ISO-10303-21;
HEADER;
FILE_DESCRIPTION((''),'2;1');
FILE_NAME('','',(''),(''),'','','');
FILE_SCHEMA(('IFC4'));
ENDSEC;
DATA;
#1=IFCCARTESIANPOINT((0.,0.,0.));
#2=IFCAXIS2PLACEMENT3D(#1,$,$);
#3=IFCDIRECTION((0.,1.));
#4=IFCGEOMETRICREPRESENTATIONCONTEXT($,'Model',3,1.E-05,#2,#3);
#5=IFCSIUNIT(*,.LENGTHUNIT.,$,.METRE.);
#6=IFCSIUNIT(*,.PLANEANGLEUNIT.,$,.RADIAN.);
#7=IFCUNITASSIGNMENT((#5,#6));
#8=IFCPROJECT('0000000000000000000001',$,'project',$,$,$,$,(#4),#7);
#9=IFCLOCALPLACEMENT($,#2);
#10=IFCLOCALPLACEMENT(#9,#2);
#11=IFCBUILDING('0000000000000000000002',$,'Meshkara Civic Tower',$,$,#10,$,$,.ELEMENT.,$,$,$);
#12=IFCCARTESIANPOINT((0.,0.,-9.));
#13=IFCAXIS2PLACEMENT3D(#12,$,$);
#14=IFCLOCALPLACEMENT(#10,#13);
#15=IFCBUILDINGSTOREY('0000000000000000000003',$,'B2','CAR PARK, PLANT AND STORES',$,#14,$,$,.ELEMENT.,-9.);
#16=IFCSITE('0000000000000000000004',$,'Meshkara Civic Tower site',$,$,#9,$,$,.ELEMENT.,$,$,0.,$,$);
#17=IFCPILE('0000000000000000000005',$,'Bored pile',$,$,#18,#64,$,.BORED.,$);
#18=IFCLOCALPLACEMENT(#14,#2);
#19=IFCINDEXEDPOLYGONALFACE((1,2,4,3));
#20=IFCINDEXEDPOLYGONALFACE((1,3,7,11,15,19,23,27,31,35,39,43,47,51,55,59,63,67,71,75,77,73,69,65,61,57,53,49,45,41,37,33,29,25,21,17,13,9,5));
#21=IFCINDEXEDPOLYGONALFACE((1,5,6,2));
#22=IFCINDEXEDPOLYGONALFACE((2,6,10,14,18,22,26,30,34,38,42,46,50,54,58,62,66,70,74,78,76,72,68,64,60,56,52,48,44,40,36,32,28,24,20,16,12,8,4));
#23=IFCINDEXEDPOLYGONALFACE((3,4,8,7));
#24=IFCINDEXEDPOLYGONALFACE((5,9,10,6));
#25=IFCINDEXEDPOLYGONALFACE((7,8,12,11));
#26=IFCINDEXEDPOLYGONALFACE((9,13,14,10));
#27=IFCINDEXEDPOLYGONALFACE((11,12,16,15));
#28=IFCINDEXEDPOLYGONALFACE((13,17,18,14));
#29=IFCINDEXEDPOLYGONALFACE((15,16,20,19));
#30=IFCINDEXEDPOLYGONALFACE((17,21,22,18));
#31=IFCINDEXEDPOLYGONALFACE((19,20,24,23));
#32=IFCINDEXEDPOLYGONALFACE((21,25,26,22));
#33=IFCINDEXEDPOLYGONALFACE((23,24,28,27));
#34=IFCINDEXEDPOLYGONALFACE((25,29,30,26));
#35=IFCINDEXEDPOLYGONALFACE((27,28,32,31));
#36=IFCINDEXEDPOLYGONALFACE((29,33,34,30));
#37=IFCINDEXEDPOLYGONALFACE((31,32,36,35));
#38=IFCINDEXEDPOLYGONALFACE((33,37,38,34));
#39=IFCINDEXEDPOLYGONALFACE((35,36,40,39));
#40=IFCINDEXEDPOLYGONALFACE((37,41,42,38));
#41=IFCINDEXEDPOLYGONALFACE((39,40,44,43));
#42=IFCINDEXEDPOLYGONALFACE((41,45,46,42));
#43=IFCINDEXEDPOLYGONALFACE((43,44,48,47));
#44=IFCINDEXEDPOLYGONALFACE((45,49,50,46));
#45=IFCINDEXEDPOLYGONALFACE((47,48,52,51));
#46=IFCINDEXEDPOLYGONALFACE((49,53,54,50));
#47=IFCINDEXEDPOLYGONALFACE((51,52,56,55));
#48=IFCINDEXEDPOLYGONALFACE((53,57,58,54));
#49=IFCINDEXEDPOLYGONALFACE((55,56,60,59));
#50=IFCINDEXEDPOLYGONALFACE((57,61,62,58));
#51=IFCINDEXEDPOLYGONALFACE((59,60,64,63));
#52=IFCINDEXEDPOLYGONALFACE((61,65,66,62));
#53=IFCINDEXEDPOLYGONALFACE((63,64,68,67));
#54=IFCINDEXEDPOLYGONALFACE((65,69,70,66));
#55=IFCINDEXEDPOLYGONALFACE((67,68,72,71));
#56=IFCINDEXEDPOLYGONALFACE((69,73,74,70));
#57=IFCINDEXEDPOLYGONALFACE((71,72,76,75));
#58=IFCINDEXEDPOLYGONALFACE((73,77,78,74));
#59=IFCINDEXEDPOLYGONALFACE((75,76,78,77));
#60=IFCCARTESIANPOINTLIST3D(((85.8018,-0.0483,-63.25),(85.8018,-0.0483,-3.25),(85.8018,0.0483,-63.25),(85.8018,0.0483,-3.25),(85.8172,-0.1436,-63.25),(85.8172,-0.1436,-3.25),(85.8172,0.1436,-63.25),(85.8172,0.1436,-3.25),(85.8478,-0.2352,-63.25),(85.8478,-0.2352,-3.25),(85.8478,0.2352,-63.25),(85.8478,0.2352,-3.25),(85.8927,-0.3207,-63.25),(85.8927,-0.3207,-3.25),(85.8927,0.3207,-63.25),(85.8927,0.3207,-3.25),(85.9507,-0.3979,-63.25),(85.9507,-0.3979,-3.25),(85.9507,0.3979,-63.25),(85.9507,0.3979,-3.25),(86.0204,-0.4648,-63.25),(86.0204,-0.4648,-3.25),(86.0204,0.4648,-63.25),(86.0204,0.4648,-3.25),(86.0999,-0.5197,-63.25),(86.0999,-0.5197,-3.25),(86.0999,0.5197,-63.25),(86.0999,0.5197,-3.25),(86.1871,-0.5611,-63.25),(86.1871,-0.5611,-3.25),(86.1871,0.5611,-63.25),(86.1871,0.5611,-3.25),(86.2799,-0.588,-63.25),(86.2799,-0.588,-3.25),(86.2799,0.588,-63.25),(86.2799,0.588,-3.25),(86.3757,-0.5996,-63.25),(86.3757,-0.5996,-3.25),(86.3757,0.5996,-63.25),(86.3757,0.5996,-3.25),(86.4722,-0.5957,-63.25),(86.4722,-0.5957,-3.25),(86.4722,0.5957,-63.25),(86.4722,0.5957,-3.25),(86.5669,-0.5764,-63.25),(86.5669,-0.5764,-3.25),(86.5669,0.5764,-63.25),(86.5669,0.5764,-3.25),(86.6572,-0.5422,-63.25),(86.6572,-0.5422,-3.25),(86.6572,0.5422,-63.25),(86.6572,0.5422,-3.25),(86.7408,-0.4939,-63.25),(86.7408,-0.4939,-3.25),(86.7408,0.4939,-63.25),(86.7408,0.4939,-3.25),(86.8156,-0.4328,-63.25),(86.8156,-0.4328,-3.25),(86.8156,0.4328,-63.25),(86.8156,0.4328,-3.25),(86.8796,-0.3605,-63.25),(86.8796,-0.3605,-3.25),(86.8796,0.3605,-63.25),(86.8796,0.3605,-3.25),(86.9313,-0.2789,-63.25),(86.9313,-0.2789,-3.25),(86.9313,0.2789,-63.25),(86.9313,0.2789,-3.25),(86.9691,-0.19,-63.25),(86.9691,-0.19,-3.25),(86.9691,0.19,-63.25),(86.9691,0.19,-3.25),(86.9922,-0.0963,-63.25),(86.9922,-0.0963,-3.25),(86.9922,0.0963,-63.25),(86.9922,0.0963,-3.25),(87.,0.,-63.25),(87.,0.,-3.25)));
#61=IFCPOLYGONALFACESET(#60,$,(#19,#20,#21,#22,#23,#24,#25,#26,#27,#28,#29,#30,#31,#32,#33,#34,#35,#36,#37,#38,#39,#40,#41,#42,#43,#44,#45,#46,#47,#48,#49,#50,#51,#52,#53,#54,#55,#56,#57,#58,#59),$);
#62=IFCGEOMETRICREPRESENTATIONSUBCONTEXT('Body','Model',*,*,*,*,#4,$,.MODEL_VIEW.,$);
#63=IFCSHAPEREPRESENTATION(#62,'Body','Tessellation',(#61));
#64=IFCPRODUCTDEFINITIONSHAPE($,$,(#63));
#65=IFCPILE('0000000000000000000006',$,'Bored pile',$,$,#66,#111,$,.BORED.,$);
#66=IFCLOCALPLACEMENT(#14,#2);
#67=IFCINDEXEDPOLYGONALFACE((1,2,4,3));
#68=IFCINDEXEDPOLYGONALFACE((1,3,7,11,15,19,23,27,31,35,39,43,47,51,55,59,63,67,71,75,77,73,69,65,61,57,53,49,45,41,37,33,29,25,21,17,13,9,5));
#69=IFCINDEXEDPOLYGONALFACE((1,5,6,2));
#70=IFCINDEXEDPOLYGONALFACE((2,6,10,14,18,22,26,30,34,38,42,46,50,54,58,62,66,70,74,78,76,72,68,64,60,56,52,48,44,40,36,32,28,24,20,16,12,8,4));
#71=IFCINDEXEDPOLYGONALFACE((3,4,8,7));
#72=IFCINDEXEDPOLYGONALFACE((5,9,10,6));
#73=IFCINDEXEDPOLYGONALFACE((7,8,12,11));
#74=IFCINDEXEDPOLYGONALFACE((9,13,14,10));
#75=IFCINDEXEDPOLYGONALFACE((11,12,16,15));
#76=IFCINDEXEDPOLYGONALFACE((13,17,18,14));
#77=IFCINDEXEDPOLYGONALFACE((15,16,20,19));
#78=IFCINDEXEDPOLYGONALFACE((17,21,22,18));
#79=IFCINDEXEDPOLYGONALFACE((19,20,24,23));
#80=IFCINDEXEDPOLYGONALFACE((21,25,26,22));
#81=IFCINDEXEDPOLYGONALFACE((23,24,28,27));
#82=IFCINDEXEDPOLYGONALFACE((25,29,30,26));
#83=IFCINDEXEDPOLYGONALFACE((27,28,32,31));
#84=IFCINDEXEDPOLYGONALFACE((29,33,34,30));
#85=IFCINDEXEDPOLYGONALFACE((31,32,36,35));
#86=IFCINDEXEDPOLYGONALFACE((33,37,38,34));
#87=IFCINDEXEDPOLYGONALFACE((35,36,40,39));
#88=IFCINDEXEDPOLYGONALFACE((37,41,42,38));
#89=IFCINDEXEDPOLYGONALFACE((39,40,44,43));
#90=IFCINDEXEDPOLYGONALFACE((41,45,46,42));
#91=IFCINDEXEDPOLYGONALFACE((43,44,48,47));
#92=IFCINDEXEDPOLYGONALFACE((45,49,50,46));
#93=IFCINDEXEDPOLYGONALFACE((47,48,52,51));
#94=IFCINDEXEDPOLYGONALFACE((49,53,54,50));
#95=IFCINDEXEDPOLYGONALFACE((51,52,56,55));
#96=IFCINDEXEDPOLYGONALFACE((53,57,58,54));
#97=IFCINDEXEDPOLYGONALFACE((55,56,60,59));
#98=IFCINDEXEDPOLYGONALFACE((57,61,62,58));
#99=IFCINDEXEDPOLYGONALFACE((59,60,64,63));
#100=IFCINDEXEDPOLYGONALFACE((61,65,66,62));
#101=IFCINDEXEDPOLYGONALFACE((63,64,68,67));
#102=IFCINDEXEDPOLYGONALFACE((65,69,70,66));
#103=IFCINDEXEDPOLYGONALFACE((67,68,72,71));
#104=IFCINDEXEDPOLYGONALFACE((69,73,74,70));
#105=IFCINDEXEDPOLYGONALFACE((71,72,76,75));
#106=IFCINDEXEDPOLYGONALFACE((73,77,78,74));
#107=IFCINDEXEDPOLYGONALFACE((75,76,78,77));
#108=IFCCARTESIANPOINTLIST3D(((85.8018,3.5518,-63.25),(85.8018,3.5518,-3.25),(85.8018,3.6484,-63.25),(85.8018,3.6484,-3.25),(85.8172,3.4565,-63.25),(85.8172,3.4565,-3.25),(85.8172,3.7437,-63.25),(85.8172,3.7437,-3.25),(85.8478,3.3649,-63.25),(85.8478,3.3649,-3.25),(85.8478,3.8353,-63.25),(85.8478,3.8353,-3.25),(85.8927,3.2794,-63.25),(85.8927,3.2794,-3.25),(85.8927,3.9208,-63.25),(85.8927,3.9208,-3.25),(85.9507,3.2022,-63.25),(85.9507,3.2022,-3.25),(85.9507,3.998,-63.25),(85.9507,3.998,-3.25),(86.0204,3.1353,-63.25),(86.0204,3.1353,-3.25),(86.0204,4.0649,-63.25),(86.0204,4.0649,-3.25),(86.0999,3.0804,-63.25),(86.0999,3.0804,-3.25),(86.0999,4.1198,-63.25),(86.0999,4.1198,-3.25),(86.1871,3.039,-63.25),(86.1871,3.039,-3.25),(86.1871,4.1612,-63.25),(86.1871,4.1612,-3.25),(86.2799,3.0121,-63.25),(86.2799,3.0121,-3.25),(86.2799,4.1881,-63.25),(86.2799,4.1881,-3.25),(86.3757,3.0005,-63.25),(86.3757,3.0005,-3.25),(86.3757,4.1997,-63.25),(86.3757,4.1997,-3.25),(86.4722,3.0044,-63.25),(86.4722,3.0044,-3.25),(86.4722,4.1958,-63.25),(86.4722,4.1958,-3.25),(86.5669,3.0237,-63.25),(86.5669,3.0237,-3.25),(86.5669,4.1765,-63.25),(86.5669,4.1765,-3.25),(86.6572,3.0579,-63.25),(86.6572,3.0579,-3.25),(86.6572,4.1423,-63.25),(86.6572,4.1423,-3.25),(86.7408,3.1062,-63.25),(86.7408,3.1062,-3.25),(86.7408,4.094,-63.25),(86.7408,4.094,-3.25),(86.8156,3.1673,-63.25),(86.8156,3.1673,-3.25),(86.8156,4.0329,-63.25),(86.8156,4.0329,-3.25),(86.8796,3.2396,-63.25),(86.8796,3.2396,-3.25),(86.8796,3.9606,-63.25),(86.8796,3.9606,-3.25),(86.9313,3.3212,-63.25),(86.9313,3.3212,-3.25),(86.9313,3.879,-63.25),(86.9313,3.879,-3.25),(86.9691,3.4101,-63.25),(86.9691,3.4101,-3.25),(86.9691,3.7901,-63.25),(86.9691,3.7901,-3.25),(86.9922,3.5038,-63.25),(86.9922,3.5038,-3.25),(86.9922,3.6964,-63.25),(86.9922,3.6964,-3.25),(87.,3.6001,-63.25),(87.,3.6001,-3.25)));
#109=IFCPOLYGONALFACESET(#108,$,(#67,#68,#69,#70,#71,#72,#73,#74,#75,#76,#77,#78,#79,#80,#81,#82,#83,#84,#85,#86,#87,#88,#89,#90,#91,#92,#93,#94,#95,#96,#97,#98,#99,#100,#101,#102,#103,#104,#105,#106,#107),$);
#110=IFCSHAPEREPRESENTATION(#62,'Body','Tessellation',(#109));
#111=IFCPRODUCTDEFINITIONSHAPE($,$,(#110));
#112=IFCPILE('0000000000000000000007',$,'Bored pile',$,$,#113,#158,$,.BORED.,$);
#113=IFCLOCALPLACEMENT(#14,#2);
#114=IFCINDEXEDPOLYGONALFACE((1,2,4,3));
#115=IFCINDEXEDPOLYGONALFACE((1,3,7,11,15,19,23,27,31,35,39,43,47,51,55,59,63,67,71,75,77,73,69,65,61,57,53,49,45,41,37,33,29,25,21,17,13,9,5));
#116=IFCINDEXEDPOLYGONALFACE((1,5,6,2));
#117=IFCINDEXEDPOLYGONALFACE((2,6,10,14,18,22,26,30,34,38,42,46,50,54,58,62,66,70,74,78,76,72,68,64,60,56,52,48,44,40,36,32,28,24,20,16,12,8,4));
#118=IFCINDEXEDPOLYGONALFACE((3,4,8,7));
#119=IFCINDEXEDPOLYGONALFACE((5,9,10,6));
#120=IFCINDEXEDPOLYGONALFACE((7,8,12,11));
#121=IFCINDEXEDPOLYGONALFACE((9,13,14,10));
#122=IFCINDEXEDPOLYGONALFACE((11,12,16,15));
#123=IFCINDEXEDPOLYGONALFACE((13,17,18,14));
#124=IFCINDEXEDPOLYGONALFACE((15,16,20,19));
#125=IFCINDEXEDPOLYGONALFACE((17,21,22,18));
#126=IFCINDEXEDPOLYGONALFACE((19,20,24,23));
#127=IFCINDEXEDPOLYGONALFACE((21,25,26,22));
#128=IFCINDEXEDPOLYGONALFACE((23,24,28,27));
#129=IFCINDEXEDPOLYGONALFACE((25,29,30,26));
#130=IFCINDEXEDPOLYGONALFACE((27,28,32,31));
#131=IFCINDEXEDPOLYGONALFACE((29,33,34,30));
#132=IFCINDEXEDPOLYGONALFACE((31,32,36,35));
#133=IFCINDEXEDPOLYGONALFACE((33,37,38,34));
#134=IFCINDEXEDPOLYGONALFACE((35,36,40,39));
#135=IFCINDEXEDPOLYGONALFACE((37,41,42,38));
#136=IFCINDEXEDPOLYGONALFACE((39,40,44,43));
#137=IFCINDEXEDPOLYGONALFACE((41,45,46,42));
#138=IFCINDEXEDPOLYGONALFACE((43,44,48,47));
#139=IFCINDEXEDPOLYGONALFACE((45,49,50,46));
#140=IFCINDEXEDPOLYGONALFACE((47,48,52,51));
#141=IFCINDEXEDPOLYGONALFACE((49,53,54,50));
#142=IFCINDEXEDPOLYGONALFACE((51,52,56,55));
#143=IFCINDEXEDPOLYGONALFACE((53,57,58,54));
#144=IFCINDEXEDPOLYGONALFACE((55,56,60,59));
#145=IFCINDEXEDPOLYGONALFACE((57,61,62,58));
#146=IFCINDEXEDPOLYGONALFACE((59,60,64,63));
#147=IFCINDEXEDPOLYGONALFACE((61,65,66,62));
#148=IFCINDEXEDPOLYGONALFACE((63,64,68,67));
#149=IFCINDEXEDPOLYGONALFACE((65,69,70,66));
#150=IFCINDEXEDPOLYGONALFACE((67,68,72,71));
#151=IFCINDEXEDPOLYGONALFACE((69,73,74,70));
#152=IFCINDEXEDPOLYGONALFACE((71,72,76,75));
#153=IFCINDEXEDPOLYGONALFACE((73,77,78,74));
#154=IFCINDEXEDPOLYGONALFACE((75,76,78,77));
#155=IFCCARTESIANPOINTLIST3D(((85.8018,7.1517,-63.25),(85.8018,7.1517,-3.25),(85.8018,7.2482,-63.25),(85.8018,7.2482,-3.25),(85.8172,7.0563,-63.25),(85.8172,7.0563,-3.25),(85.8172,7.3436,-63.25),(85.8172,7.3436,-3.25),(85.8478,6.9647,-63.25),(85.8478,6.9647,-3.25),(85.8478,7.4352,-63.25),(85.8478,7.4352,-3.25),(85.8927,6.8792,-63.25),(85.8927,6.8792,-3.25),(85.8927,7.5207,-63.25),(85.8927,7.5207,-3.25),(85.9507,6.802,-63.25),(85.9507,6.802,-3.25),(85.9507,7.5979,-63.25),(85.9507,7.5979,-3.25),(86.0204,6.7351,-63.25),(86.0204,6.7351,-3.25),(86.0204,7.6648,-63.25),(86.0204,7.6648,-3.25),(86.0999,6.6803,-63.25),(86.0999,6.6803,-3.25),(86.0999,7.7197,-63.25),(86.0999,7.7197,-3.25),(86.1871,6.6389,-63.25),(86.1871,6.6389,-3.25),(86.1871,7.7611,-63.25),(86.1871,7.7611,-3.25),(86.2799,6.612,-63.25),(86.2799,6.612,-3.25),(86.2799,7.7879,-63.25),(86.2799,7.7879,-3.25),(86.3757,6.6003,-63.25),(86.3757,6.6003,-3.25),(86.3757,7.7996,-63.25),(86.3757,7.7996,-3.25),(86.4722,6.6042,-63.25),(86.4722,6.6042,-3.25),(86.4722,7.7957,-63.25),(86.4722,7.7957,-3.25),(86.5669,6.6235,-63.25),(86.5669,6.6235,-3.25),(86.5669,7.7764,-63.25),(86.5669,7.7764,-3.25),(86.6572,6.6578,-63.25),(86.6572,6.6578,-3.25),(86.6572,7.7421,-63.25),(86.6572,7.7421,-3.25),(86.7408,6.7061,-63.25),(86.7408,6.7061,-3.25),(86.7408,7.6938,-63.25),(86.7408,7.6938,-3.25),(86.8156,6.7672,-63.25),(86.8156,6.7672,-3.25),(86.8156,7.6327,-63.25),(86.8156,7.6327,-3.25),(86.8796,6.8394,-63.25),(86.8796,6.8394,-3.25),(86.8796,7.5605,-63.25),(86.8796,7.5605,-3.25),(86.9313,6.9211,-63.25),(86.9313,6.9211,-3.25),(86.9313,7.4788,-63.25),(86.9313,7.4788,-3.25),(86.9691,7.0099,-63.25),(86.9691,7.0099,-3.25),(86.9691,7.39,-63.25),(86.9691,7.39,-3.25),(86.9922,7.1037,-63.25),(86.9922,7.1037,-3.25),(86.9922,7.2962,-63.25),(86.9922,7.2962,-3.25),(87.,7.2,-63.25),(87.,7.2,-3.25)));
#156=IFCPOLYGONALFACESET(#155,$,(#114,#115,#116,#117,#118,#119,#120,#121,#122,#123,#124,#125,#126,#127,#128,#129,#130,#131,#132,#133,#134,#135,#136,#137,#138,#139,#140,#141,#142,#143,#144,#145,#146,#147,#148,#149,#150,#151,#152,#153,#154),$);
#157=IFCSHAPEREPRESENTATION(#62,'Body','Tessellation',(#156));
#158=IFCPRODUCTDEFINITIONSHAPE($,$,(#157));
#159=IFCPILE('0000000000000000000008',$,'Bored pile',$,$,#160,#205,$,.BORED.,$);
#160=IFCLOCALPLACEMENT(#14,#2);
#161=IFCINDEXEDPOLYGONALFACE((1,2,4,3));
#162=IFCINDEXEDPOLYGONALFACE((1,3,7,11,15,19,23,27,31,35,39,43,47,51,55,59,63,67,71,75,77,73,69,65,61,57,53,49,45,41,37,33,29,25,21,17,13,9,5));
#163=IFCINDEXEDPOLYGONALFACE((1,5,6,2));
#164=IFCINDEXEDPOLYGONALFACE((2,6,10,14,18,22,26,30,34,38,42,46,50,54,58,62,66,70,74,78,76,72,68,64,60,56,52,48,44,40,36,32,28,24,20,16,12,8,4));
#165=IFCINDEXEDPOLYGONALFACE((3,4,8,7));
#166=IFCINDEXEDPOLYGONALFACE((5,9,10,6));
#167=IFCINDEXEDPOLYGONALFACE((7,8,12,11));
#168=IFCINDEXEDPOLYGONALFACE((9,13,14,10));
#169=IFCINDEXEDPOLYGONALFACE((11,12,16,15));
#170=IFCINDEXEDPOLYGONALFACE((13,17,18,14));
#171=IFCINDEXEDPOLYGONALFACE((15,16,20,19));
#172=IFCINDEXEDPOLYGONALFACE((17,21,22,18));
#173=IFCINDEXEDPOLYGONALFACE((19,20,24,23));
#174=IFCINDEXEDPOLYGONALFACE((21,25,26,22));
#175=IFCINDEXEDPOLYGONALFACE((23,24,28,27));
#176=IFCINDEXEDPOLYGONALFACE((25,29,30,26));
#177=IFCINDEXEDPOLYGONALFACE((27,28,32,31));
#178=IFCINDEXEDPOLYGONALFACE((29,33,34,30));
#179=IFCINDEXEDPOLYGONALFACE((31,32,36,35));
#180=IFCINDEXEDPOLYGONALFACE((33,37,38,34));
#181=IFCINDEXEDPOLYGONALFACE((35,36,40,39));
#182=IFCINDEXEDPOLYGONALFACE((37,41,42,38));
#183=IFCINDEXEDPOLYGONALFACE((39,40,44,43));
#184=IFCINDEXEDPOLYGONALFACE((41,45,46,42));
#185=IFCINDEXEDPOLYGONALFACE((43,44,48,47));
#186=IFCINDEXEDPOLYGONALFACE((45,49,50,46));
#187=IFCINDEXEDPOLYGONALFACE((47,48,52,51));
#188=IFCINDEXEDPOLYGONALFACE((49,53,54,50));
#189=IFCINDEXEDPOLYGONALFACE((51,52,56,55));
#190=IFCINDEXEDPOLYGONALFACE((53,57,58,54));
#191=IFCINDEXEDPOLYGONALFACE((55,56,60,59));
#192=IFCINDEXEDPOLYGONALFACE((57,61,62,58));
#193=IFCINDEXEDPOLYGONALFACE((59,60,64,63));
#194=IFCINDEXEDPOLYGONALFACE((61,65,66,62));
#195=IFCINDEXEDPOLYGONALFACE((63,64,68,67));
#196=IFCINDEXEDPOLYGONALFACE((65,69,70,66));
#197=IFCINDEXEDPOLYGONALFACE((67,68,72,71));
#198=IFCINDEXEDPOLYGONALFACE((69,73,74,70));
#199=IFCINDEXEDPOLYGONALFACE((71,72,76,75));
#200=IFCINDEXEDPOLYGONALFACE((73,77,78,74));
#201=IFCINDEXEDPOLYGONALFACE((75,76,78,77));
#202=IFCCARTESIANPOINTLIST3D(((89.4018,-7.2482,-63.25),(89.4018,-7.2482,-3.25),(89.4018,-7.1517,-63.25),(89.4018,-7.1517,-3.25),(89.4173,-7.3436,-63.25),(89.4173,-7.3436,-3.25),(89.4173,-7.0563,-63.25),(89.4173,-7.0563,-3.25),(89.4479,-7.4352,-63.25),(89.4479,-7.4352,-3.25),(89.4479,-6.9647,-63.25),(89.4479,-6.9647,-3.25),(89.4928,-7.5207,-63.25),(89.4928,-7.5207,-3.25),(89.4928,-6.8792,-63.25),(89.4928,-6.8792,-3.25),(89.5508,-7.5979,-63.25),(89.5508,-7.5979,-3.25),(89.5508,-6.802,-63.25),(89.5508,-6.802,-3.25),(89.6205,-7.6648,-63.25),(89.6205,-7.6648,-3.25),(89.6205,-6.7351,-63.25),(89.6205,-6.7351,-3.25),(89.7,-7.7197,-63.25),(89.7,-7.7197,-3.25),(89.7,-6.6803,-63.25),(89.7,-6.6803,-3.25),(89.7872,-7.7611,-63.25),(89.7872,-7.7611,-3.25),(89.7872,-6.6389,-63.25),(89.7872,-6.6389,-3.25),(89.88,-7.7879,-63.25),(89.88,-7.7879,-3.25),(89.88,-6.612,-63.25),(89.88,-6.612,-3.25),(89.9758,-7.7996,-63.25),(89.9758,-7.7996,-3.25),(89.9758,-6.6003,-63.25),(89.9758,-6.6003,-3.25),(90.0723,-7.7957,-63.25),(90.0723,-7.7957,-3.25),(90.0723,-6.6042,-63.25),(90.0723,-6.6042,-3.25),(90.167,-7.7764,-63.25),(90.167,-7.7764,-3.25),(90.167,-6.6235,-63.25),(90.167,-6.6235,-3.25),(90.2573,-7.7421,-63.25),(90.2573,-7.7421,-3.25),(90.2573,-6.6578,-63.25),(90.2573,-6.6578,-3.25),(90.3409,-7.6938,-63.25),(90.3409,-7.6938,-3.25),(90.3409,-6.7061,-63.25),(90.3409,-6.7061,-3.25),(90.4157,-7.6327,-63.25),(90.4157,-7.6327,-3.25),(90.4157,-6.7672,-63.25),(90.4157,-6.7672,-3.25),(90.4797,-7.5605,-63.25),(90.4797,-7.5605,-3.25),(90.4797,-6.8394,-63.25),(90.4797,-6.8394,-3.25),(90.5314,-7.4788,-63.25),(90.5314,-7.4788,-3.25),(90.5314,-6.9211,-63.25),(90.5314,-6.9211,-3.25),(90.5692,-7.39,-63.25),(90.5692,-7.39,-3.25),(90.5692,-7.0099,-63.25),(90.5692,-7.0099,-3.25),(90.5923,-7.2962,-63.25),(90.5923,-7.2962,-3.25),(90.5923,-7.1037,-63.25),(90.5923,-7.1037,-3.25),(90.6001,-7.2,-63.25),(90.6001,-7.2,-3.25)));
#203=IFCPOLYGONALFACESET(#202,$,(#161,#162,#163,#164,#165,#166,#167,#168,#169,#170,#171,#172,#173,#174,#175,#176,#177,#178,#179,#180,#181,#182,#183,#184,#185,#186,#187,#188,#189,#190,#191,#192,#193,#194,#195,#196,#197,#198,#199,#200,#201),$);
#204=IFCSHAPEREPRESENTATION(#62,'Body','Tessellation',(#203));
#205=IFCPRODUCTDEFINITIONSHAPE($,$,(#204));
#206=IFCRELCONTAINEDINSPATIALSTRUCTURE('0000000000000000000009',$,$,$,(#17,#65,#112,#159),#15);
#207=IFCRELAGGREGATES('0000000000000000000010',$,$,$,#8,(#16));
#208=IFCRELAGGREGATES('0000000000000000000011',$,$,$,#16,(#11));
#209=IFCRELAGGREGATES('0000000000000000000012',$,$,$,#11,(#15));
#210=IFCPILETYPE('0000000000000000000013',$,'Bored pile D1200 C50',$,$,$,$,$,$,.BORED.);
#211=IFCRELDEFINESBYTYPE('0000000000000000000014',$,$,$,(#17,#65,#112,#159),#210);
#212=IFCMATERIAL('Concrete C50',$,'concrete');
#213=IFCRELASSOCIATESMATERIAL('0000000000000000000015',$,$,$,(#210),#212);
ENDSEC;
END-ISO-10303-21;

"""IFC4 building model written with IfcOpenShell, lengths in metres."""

from ifc_helpers import new_model, si_unit, direction, frame, origin, origin_2d, place, context, subcontext, project, spatial, circle, extrude, material, material_profile, profile_set, type_object, element, save


model = new_model("IFC4")

# Units and contexts
model_context = context("Model", 3, precision=1e-05, world=origin(), true_north=direction((0.0, 1.0)))
body_context = subcontext(model_context, "Body", "Model", "MODEL_VIEW")
ifc_project = project(units=[si_unit("LENGTHUNIT", "METRE"), si_unit("PLANEANGLEUNIT", "RADIAN")], contexts=[model_context])

# Site, building, storey
site_placement = place(None, origin())
site = spatial("IfcSite", under=ifc_project, at=site_placement, Name="Meshkara Civic Tower site", CompositionType="ELEMENT", RefElevation=0.0)
building_placement = place(site_placement, origin())
building = spatial("IfcBuilding", under=site, at=building_placement, Name="Meshkara Civic Tower", CompositionType="ELEMENT")
storey_placement = place(building_placement, frame((0.0, 0.0, -9.0)))
storey = spatial("IfcBuildingStorey", under=building, at=storey_placement, Name="B2", Description="CAR PARK, PLANT AND STORES", CompositionType="ELEMENT", Elevation=-9.0)

# Piles
ifc_material_1 = material(Name="Concrete C50", Category="concrete")
ifc_material_profile_1 = material_profile(ifc_material_1, circle(Radius=0.6001, at=origin_2d()))
ifc_profile_set_1 = profile_set([ifc_material_profile_1], Name="Concrete C50")
pile_type = type_object("IfcPileType", Name="Bored pile D1200 C50", PredefinedType="BORED", material=ifc_profile_set_1)
for number, where, z_axis, x_axis, name in (
    (1, (86.3999, 0.0, -3.25), (0.0, 0.0, -1.0), (1.0, 0.0, 0.0), "Bored pile"),
    (2, (86.3999, 3.6001, -3.25), (0.0, 0.0, -1.0), (1.0, 0.0, 0.0), "Bored pile"),
    (3, (86.3999, 7.2, -3.25), (0.0, 0.0, -1.0), (1.0, 0.0, 0.0), "Bored pile"),
    (4, (90.0, -7.2, -3.25), (0.0, 0.0, -1.0), (1.0, 0.0, 0.0), "Bored pile"),
):
    element("IfcPile", number, at=place(storey_placement, frame(where, z_axis=z_axis, x_axis=x_axis)), inside=storey, type_object=pile_type, Name=name, PredefinedType="BORED", context=body_context, shape_type="SweptSolid", body=[
        extrude(circle(Radius=0.6001, at=origin_2d()), origin(), (0.0, 0.0, 1.0), 60.0),
    ])

save(model, "model.ifc")
